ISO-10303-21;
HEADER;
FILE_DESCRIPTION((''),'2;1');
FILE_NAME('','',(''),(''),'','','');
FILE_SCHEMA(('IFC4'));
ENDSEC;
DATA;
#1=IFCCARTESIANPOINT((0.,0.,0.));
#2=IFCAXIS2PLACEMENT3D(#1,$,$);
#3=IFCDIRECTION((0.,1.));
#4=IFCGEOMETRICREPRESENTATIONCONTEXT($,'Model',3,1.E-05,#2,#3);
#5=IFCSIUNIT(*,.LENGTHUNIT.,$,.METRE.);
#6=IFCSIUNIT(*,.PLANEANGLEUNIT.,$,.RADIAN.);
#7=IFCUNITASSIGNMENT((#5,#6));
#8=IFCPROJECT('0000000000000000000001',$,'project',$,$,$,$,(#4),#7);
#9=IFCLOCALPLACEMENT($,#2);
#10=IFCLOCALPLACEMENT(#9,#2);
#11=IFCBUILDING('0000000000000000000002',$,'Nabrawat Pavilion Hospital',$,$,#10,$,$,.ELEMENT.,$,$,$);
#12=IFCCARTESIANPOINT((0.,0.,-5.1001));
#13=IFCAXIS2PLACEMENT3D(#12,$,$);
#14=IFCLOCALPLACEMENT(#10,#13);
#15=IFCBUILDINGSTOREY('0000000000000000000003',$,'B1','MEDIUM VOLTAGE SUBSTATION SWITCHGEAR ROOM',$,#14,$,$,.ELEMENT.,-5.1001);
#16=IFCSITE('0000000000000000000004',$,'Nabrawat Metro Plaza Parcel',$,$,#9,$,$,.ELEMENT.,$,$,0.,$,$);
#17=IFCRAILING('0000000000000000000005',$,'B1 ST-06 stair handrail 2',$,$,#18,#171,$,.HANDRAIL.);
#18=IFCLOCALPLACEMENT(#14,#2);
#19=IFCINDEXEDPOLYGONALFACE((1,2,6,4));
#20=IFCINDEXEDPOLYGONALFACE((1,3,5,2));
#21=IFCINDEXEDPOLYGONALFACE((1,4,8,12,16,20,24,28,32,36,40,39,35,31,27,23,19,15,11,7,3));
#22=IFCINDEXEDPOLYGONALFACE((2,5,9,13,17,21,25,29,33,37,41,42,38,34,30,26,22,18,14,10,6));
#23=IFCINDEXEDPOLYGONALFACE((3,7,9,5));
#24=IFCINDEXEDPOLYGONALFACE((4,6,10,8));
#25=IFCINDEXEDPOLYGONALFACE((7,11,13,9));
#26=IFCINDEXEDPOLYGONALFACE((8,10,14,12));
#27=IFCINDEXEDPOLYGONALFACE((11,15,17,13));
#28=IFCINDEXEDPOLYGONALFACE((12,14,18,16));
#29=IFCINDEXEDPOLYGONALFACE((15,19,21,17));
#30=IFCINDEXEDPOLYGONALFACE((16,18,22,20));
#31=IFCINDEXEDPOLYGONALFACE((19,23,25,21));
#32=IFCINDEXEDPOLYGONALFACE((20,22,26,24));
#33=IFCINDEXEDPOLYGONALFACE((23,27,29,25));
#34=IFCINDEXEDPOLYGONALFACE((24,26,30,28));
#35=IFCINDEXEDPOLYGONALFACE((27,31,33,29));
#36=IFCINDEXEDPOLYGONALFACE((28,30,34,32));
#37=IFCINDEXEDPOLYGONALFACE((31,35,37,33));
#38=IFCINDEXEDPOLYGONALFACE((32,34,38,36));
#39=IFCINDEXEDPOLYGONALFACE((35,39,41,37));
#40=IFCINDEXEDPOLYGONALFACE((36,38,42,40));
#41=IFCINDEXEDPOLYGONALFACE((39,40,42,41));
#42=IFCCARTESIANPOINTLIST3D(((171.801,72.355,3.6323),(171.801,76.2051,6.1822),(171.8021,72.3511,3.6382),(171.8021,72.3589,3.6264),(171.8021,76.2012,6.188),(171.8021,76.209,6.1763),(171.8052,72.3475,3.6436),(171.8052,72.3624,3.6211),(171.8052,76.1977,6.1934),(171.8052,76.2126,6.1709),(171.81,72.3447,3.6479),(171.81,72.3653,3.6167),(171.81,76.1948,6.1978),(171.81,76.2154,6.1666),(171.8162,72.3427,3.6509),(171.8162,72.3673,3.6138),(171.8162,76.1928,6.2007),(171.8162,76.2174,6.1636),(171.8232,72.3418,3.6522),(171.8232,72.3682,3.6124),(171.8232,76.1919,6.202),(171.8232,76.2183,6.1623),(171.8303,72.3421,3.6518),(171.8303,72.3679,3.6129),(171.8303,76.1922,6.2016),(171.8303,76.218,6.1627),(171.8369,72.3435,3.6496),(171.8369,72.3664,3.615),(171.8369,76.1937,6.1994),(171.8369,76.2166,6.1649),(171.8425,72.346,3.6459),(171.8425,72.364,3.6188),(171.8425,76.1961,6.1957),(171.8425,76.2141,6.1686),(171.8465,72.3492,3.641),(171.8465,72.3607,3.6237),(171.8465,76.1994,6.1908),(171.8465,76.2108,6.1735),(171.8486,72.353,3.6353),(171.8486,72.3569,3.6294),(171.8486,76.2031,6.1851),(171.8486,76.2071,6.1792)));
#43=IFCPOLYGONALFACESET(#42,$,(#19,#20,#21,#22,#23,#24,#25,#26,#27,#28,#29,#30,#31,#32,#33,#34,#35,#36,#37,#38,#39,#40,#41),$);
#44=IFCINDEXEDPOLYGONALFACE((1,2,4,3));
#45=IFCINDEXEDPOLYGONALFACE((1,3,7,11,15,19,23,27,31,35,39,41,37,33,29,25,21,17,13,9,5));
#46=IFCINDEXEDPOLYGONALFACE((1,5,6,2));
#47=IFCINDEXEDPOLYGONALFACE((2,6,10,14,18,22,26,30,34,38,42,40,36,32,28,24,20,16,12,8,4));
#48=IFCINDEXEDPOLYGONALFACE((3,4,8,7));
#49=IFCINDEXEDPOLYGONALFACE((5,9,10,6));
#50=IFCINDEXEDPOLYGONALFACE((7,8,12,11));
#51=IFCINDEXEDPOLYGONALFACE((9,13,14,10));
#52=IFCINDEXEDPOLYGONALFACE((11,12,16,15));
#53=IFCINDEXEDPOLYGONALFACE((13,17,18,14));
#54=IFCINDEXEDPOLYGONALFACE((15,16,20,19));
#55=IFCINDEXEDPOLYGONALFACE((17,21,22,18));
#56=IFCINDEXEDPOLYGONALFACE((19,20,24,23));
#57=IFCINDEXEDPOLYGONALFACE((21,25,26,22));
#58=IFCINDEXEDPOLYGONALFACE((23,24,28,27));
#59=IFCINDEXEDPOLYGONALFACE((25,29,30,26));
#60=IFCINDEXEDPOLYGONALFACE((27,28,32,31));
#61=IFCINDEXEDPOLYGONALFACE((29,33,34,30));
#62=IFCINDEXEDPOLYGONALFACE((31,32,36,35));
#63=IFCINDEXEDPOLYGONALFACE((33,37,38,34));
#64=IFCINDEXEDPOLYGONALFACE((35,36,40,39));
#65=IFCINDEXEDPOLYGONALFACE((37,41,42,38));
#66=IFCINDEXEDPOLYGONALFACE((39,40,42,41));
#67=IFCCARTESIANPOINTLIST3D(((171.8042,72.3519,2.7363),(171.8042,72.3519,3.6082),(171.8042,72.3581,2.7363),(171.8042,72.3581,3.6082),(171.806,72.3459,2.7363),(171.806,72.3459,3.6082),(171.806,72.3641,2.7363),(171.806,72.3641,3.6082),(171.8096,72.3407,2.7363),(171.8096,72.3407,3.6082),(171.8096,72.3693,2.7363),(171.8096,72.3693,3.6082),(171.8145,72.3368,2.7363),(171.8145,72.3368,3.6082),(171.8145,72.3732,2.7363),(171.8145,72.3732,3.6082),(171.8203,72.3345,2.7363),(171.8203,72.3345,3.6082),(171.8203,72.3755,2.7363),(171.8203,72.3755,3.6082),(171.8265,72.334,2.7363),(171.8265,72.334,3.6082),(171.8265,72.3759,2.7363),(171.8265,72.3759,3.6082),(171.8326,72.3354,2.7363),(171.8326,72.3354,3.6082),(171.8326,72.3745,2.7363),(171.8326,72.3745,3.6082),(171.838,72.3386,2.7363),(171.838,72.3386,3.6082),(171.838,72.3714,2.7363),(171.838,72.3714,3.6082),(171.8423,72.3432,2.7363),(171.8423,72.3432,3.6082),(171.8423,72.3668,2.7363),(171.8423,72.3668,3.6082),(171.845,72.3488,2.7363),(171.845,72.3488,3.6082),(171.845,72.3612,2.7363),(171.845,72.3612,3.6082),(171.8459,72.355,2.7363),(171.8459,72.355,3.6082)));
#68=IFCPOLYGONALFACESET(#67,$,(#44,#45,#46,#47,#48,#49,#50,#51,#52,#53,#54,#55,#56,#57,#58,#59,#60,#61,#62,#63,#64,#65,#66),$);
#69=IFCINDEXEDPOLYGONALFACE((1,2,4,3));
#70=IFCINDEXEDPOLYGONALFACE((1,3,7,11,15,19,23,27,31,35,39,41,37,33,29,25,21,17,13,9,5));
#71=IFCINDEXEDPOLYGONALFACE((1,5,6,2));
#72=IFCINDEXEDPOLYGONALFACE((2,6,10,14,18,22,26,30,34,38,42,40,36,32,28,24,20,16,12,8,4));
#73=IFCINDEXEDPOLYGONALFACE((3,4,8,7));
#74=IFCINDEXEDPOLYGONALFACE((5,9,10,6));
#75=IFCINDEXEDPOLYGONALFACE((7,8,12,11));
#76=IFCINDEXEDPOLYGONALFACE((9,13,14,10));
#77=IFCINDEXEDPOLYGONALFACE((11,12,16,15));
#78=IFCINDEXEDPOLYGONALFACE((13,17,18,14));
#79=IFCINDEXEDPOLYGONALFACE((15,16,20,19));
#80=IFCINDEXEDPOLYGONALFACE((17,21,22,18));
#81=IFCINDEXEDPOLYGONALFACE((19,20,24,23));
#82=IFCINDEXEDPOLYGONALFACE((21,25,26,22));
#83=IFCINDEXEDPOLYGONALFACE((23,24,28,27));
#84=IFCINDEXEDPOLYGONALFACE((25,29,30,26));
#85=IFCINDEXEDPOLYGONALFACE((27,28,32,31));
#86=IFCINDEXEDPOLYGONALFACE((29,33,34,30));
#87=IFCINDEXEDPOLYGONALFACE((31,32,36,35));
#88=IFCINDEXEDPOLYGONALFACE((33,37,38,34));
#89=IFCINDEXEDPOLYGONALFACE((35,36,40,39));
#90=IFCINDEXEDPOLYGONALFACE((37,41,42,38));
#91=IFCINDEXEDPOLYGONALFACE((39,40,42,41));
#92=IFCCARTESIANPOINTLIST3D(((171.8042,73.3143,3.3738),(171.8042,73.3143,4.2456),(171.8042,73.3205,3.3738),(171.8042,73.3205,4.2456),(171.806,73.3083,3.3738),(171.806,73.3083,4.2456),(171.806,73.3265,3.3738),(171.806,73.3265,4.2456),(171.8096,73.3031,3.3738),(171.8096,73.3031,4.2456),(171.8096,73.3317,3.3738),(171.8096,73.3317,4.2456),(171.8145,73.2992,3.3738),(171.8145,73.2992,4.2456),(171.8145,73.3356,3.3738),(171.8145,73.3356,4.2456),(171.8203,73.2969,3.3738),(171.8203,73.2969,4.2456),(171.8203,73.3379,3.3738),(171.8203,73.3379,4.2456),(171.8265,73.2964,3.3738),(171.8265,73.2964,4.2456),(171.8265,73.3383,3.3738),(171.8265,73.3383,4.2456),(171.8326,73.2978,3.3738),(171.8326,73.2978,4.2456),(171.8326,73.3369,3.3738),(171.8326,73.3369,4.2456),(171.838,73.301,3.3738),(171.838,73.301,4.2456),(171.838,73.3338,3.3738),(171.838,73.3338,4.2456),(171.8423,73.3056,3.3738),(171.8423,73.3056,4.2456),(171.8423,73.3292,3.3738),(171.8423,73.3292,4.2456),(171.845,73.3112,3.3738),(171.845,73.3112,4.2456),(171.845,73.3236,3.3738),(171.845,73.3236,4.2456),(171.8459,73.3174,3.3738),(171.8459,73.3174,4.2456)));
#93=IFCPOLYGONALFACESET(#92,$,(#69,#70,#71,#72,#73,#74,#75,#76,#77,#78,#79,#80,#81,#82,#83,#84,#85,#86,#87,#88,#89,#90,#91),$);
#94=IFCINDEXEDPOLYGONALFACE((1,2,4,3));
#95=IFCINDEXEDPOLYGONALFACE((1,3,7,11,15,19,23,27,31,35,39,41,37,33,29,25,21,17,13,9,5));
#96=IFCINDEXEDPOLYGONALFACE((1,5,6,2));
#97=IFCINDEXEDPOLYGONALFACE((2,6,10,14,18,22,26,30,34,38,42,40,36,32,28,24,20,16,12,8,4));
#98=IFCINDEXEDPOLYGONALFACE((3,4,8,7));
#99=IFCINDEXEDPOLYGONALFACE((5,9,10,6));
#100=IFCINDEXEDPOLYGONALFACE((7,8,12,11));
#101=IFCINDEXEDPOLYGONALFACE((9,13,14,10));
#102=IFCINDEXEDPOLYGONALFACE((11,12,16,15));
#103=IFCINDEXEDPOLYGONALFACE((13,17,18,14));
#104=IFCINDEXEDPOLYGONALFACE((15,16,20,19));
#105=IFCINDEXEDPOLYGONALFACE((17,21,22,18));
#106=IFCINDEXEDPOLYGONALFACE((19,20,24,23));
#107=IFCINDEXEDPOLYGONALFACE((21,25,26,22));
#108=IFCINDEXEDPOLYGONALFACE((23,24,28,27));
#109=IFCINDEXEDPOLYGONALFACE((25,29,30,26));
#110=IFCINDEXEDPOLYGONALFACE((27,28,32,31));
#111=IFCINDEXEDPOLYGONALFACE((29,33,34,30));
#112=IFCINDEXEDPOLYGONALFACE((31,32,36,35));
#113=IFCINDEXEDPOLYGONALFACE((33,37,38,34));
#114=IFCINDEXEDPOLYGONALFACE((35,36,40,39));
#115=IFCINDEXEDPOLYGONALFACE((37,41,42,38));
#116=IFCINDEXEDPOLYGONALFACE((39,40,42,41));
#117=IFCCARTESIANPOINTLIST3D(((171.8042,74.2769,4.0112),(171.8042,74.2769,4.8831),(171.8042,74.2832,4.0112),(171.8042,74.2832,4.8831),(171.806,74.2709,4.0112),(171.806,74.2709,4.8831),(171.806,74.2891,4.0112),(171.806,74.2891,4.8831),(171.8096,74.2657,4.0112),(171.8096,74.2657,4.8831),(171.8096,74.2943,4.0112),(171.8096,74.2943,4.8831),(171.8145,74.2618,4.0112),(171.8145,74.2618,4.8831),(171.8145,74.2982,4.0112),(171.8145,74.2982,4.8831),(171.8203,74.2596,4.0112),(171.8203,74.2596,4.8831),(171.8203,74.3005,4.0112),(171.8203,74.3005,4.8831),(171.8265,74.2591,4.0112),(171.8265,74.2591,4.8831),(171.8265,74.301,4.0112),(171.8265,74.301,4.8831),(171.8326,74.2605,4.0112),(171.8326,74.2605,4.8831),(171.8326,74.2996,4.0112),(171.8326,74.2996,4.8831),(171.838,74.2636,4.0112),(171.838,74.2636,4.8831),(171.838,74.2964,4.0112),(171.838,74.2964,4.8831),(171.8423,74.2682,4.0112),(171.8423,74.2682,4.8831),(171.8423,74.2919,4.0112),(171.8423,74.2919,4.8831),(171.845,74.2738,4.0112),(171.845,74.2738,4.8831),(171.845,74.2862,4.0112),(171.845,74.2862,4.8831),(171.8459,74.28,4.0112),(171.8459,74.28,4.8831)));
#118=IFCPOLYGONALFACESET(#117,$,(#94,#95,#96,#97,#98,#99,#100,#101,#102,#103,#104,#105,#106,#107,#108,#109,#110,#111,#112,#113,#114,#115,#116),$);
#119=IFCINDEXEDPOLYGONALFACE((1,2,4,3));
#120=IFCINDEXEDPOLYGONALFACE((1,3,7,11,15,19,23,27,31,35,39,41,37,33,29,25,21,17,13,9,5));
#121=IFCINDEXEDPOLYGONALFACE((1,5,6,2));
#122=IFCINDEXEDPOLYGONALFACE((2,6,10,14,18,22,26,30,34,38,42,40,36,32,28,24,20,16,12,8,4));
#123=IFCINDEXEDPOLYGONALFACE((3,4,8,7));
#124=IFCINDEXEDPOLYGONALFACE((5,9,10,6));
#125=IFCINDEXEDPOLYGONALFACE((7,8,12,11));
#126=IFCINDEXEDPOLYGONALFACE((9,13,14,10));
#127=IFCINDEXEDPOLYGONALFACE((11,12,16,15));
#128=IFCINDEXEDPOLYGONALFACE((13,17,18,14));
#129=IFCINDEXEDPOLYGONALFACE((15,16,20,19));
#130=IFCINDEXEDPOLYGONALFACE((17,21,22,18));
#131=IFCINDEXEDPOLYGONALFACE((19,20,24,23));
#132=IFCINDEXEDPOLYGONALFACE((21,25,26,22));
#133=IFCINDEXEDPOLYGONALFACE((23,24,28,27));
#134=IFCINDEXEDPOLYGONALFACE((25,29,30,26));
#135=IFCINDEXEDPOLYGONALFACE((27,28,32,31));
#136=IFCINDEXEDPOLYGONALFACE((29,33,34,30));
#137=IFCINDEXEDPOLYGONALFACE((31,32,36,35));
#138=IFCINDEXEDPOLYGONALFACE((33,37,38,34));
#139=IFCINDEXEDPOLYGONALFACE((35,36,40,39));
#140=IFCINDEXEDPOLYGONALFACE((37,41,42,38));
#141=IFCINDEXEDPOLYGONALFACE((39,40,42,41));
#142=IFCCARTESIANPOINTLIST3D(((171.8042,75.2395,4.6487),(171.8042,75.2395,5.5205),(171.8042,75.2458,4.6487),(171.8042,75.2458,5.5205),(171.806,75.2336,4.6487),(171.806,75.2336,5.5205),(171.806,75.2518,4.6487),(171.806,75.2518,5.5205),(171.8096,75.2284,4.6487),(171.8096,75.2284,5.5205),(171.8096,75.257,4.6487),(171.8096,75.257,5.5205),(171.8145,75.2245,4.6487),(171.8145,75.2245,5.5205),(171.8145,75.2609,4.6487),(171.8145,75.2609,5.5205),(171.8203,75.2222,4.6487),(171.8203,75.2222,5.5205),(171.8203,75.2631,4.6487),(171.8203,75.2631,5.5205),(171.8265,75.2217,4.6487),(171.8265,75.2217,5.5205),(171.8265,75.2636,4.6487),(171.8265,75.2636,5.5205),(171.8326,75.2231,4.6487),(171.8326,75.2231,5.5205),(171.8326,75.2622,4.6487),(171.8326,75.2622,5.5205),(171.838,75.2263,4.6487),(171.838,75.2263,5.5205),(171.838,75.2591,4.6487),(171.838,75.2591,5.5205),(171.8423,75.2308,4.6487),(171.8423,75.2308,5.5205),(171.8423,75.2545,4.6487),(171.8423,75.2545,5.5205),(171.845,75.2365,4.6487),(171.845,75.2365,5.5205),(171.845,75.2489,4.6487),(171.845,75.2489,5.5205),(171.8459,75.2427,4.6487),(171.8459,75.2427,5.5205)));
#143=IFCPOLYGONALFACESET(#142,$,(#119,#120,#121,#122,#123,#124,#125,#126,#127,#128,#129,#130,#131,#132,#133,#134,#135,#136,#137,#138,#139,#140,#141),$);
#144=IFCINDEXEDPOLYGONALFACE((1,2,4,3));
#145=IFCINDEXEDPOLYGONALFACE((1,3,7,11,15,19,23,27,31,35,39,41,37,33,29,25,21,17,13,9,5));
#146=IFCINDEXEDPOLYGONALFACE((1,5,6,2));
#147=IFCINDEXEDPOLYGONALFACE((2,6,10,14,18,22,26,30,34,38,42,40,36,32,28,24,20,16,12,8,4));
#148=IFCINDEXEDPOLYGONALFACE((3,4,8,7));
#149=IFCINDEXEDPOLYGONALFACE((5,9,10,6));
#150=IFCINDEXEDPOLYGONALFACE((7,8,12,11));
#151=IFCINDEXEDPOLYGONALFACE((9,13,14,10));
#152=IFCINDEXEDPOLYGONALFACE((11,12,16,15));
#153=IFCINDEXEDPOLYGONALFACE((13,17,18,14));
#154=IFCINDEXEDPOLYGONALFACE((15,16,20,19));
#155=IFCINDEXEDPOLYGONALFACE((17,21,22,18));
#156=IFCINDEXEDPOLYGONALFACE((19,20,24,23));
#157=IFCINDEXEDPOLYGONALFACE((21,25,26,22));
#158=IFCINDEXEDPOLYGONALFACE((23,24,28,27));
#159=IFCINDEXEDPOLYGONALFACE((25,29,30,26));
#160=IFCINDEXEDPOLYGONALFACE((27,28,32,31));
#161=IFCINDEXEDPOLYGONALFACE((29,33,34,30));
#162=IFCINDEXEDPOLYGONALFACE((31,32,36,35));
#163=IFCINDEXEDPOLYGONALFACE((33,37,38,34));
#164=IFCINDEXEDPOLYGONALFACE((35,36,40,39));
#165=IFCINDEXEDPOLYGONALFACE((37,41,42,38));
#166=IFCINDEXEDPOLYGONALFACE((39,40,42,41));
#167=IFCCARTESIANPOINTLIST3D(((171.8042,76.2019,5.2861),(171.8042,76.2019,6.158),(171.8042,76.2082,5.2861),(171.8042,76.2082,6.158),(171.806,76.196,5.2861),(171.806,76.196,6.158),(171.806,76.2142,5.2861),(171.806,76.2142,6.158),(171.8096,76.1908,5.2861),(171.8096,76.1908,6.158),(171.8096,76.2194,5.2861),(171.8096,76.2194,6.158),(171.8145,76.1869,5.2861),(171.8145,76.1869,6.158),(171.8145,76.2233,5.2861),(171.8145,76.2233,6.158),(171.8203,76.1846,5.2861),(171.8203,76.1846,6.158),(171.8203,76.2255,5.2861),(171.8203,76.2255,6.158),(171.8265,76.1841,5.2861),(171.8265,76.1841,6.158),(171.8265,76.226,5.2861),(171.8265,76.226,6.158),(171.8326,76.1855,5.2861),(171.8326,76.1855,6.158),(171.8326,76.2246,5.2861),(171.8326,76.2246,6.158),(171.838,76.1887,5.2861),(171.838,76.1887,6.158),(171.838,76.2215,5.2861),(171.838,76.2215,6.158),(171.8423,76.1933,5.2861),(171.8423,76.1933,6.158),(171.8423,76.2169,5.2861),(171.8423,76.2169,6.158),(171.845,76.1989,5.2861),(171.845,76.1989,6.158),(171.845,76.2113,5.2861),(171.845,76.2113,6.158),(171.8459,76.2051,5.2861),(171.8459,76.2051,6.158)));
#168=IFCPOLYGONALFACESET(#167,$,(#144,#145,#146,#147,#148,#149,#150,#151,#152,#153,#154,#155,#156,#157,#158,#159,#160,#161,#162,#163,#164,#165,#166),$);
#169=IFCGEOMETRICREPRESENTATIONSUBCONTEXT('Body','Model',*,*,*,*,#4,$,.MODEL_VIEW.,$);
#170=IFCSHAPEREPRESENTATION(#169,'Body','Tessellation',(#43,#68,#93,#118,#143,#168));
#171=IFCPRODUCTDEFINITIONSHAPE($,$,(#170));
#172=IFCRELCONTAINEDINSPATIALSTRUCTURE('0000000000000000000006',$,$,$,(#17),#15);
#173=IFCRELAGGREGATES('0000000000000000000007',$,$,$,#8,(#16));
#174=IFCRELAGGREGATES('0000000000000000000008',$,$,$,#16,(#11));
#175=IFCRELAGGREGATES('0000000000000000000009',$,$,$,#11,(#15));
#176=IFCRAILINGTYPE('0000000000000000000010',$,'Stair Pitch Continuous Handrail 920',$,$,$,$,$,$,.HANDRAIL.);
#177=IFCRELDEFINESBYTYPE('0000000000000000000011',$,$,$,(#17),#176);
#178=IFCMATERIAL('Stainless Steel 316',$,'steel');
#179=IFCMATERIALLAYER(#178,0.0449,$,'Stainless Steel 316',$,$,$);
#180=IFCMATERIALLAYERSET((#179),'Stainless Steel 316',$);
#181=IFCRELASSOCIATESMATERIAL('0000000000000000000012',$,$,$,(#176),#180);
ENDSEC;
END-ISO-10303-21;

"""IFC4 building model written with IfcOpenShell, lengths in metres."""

from ifc_helpers import new_model, si_unit, direction, frame, origin, origin_2d, place, context, subcontext, project, spatial, circle, extrude, material, layer, layer_set, type_object, element, save


model = new_model("IFC4")

# Units and contexts
model_context = context("Model", 3, precision=1e-05, world=origin(), true_north=direction((0.0, 1.0)))
body_context = subcontext(model_context, "Body", "Model", "MODEL_VIEW")
ifc_project = project(units=[si_unit("LENGTHUNIT", "METRE"), si_unit("PLANEANGLEUNIT", "RADIAN")], contexts=[model_context])

# Site, building, storey
site_placement = place(None, origin())
site = spatial("IfcSite", under=ifc_project, at=site_placement, Name="Nabrawat Metro Plaza Parcel", CompositionType="ELEMENT", RefElevation=0.0)
building_placement = place(site_placement, origin())
building = spatial("IfcBuilding", under=site, at=building_placement, Name="Nabrawat Pavilion Hospital", CompositionType="ELEMENT")
storey_placement = place(building_placement, frame((0.0, 0.0, -5.1001)))
storey = spatial("IfcBuildingStorey", under=building, at=storey_placement, Name="B1", Description="MEDIUM VOLTAGE SUBSTATION SWITCHGEAR ROOM", CompositionType="ELEMENT", Elevation=-5.1001)

# Railing
ifc_material_1 = material(Name="Stainless Steel 316", Category="steel")
ifc_layer_1 = layer(ifc_material_1, 0.0449, Name="Stainless Steel 316")
ifc_layer_set_1 = layer_set([ifc_layer_1], Name="Stainless Steel 316")
railing_type_1 = type_object("IfcRailingType", Name="Stair Pitch Continuous Handrail 920", PredefinedType="HANDRAIL", material=ifc_layer_set_1)
railing_1_placement = place(storey_placement, frame((171.825, 72.355, 2.7363)))
element("IfcRailing", 1, at=railing_1_placement, inside=storey, type_object=railing_type_1, Name="B1 ST-06 stair handrail 2", PredefinedType="HANDRAIL", context=body_context, shape_type="SweptSolid", body=[
    extrude(circle(Radius=0.0239, at=origin_2d()), frame((0.0, 0.0, 0.896), z_axis=(0.0, 0.833738, 0.55216), x_axis=(-1.0, 0.0, 0.0)), (0.0, 0.0, 1.0), 4.6179),
    extrude(circle(Radius=0.021, at=origin_2d()), origin(), (0.0, 0.0, 1.0), 0.8718),
    extrude(circle(Radius=0.021, at=origin_2d()), frame((0.0, 0.9624, 0.6375)), (0.0, 0.0, 1.0), 0.8718),
    extrude(circle(Radius=0.021, at=origin_2d()), frame((0.0, 1.925, 1.2749)), (0.0, 0.0, 1.0), 0.8718),
    extrude(circle(Radius=0.021, at=origin_2d()), frame((0.0, 2.8877, 1.9124)), (0.0, 0.0, 1.0), 0.8718),
    extrude(circle(Radius=0.021, at=origin_2d()), frame((0.0, 3.8501, 2.5498)), (0.0, 0.0, 1.0), 0.8718),
])

save(model, "model.ifc")
